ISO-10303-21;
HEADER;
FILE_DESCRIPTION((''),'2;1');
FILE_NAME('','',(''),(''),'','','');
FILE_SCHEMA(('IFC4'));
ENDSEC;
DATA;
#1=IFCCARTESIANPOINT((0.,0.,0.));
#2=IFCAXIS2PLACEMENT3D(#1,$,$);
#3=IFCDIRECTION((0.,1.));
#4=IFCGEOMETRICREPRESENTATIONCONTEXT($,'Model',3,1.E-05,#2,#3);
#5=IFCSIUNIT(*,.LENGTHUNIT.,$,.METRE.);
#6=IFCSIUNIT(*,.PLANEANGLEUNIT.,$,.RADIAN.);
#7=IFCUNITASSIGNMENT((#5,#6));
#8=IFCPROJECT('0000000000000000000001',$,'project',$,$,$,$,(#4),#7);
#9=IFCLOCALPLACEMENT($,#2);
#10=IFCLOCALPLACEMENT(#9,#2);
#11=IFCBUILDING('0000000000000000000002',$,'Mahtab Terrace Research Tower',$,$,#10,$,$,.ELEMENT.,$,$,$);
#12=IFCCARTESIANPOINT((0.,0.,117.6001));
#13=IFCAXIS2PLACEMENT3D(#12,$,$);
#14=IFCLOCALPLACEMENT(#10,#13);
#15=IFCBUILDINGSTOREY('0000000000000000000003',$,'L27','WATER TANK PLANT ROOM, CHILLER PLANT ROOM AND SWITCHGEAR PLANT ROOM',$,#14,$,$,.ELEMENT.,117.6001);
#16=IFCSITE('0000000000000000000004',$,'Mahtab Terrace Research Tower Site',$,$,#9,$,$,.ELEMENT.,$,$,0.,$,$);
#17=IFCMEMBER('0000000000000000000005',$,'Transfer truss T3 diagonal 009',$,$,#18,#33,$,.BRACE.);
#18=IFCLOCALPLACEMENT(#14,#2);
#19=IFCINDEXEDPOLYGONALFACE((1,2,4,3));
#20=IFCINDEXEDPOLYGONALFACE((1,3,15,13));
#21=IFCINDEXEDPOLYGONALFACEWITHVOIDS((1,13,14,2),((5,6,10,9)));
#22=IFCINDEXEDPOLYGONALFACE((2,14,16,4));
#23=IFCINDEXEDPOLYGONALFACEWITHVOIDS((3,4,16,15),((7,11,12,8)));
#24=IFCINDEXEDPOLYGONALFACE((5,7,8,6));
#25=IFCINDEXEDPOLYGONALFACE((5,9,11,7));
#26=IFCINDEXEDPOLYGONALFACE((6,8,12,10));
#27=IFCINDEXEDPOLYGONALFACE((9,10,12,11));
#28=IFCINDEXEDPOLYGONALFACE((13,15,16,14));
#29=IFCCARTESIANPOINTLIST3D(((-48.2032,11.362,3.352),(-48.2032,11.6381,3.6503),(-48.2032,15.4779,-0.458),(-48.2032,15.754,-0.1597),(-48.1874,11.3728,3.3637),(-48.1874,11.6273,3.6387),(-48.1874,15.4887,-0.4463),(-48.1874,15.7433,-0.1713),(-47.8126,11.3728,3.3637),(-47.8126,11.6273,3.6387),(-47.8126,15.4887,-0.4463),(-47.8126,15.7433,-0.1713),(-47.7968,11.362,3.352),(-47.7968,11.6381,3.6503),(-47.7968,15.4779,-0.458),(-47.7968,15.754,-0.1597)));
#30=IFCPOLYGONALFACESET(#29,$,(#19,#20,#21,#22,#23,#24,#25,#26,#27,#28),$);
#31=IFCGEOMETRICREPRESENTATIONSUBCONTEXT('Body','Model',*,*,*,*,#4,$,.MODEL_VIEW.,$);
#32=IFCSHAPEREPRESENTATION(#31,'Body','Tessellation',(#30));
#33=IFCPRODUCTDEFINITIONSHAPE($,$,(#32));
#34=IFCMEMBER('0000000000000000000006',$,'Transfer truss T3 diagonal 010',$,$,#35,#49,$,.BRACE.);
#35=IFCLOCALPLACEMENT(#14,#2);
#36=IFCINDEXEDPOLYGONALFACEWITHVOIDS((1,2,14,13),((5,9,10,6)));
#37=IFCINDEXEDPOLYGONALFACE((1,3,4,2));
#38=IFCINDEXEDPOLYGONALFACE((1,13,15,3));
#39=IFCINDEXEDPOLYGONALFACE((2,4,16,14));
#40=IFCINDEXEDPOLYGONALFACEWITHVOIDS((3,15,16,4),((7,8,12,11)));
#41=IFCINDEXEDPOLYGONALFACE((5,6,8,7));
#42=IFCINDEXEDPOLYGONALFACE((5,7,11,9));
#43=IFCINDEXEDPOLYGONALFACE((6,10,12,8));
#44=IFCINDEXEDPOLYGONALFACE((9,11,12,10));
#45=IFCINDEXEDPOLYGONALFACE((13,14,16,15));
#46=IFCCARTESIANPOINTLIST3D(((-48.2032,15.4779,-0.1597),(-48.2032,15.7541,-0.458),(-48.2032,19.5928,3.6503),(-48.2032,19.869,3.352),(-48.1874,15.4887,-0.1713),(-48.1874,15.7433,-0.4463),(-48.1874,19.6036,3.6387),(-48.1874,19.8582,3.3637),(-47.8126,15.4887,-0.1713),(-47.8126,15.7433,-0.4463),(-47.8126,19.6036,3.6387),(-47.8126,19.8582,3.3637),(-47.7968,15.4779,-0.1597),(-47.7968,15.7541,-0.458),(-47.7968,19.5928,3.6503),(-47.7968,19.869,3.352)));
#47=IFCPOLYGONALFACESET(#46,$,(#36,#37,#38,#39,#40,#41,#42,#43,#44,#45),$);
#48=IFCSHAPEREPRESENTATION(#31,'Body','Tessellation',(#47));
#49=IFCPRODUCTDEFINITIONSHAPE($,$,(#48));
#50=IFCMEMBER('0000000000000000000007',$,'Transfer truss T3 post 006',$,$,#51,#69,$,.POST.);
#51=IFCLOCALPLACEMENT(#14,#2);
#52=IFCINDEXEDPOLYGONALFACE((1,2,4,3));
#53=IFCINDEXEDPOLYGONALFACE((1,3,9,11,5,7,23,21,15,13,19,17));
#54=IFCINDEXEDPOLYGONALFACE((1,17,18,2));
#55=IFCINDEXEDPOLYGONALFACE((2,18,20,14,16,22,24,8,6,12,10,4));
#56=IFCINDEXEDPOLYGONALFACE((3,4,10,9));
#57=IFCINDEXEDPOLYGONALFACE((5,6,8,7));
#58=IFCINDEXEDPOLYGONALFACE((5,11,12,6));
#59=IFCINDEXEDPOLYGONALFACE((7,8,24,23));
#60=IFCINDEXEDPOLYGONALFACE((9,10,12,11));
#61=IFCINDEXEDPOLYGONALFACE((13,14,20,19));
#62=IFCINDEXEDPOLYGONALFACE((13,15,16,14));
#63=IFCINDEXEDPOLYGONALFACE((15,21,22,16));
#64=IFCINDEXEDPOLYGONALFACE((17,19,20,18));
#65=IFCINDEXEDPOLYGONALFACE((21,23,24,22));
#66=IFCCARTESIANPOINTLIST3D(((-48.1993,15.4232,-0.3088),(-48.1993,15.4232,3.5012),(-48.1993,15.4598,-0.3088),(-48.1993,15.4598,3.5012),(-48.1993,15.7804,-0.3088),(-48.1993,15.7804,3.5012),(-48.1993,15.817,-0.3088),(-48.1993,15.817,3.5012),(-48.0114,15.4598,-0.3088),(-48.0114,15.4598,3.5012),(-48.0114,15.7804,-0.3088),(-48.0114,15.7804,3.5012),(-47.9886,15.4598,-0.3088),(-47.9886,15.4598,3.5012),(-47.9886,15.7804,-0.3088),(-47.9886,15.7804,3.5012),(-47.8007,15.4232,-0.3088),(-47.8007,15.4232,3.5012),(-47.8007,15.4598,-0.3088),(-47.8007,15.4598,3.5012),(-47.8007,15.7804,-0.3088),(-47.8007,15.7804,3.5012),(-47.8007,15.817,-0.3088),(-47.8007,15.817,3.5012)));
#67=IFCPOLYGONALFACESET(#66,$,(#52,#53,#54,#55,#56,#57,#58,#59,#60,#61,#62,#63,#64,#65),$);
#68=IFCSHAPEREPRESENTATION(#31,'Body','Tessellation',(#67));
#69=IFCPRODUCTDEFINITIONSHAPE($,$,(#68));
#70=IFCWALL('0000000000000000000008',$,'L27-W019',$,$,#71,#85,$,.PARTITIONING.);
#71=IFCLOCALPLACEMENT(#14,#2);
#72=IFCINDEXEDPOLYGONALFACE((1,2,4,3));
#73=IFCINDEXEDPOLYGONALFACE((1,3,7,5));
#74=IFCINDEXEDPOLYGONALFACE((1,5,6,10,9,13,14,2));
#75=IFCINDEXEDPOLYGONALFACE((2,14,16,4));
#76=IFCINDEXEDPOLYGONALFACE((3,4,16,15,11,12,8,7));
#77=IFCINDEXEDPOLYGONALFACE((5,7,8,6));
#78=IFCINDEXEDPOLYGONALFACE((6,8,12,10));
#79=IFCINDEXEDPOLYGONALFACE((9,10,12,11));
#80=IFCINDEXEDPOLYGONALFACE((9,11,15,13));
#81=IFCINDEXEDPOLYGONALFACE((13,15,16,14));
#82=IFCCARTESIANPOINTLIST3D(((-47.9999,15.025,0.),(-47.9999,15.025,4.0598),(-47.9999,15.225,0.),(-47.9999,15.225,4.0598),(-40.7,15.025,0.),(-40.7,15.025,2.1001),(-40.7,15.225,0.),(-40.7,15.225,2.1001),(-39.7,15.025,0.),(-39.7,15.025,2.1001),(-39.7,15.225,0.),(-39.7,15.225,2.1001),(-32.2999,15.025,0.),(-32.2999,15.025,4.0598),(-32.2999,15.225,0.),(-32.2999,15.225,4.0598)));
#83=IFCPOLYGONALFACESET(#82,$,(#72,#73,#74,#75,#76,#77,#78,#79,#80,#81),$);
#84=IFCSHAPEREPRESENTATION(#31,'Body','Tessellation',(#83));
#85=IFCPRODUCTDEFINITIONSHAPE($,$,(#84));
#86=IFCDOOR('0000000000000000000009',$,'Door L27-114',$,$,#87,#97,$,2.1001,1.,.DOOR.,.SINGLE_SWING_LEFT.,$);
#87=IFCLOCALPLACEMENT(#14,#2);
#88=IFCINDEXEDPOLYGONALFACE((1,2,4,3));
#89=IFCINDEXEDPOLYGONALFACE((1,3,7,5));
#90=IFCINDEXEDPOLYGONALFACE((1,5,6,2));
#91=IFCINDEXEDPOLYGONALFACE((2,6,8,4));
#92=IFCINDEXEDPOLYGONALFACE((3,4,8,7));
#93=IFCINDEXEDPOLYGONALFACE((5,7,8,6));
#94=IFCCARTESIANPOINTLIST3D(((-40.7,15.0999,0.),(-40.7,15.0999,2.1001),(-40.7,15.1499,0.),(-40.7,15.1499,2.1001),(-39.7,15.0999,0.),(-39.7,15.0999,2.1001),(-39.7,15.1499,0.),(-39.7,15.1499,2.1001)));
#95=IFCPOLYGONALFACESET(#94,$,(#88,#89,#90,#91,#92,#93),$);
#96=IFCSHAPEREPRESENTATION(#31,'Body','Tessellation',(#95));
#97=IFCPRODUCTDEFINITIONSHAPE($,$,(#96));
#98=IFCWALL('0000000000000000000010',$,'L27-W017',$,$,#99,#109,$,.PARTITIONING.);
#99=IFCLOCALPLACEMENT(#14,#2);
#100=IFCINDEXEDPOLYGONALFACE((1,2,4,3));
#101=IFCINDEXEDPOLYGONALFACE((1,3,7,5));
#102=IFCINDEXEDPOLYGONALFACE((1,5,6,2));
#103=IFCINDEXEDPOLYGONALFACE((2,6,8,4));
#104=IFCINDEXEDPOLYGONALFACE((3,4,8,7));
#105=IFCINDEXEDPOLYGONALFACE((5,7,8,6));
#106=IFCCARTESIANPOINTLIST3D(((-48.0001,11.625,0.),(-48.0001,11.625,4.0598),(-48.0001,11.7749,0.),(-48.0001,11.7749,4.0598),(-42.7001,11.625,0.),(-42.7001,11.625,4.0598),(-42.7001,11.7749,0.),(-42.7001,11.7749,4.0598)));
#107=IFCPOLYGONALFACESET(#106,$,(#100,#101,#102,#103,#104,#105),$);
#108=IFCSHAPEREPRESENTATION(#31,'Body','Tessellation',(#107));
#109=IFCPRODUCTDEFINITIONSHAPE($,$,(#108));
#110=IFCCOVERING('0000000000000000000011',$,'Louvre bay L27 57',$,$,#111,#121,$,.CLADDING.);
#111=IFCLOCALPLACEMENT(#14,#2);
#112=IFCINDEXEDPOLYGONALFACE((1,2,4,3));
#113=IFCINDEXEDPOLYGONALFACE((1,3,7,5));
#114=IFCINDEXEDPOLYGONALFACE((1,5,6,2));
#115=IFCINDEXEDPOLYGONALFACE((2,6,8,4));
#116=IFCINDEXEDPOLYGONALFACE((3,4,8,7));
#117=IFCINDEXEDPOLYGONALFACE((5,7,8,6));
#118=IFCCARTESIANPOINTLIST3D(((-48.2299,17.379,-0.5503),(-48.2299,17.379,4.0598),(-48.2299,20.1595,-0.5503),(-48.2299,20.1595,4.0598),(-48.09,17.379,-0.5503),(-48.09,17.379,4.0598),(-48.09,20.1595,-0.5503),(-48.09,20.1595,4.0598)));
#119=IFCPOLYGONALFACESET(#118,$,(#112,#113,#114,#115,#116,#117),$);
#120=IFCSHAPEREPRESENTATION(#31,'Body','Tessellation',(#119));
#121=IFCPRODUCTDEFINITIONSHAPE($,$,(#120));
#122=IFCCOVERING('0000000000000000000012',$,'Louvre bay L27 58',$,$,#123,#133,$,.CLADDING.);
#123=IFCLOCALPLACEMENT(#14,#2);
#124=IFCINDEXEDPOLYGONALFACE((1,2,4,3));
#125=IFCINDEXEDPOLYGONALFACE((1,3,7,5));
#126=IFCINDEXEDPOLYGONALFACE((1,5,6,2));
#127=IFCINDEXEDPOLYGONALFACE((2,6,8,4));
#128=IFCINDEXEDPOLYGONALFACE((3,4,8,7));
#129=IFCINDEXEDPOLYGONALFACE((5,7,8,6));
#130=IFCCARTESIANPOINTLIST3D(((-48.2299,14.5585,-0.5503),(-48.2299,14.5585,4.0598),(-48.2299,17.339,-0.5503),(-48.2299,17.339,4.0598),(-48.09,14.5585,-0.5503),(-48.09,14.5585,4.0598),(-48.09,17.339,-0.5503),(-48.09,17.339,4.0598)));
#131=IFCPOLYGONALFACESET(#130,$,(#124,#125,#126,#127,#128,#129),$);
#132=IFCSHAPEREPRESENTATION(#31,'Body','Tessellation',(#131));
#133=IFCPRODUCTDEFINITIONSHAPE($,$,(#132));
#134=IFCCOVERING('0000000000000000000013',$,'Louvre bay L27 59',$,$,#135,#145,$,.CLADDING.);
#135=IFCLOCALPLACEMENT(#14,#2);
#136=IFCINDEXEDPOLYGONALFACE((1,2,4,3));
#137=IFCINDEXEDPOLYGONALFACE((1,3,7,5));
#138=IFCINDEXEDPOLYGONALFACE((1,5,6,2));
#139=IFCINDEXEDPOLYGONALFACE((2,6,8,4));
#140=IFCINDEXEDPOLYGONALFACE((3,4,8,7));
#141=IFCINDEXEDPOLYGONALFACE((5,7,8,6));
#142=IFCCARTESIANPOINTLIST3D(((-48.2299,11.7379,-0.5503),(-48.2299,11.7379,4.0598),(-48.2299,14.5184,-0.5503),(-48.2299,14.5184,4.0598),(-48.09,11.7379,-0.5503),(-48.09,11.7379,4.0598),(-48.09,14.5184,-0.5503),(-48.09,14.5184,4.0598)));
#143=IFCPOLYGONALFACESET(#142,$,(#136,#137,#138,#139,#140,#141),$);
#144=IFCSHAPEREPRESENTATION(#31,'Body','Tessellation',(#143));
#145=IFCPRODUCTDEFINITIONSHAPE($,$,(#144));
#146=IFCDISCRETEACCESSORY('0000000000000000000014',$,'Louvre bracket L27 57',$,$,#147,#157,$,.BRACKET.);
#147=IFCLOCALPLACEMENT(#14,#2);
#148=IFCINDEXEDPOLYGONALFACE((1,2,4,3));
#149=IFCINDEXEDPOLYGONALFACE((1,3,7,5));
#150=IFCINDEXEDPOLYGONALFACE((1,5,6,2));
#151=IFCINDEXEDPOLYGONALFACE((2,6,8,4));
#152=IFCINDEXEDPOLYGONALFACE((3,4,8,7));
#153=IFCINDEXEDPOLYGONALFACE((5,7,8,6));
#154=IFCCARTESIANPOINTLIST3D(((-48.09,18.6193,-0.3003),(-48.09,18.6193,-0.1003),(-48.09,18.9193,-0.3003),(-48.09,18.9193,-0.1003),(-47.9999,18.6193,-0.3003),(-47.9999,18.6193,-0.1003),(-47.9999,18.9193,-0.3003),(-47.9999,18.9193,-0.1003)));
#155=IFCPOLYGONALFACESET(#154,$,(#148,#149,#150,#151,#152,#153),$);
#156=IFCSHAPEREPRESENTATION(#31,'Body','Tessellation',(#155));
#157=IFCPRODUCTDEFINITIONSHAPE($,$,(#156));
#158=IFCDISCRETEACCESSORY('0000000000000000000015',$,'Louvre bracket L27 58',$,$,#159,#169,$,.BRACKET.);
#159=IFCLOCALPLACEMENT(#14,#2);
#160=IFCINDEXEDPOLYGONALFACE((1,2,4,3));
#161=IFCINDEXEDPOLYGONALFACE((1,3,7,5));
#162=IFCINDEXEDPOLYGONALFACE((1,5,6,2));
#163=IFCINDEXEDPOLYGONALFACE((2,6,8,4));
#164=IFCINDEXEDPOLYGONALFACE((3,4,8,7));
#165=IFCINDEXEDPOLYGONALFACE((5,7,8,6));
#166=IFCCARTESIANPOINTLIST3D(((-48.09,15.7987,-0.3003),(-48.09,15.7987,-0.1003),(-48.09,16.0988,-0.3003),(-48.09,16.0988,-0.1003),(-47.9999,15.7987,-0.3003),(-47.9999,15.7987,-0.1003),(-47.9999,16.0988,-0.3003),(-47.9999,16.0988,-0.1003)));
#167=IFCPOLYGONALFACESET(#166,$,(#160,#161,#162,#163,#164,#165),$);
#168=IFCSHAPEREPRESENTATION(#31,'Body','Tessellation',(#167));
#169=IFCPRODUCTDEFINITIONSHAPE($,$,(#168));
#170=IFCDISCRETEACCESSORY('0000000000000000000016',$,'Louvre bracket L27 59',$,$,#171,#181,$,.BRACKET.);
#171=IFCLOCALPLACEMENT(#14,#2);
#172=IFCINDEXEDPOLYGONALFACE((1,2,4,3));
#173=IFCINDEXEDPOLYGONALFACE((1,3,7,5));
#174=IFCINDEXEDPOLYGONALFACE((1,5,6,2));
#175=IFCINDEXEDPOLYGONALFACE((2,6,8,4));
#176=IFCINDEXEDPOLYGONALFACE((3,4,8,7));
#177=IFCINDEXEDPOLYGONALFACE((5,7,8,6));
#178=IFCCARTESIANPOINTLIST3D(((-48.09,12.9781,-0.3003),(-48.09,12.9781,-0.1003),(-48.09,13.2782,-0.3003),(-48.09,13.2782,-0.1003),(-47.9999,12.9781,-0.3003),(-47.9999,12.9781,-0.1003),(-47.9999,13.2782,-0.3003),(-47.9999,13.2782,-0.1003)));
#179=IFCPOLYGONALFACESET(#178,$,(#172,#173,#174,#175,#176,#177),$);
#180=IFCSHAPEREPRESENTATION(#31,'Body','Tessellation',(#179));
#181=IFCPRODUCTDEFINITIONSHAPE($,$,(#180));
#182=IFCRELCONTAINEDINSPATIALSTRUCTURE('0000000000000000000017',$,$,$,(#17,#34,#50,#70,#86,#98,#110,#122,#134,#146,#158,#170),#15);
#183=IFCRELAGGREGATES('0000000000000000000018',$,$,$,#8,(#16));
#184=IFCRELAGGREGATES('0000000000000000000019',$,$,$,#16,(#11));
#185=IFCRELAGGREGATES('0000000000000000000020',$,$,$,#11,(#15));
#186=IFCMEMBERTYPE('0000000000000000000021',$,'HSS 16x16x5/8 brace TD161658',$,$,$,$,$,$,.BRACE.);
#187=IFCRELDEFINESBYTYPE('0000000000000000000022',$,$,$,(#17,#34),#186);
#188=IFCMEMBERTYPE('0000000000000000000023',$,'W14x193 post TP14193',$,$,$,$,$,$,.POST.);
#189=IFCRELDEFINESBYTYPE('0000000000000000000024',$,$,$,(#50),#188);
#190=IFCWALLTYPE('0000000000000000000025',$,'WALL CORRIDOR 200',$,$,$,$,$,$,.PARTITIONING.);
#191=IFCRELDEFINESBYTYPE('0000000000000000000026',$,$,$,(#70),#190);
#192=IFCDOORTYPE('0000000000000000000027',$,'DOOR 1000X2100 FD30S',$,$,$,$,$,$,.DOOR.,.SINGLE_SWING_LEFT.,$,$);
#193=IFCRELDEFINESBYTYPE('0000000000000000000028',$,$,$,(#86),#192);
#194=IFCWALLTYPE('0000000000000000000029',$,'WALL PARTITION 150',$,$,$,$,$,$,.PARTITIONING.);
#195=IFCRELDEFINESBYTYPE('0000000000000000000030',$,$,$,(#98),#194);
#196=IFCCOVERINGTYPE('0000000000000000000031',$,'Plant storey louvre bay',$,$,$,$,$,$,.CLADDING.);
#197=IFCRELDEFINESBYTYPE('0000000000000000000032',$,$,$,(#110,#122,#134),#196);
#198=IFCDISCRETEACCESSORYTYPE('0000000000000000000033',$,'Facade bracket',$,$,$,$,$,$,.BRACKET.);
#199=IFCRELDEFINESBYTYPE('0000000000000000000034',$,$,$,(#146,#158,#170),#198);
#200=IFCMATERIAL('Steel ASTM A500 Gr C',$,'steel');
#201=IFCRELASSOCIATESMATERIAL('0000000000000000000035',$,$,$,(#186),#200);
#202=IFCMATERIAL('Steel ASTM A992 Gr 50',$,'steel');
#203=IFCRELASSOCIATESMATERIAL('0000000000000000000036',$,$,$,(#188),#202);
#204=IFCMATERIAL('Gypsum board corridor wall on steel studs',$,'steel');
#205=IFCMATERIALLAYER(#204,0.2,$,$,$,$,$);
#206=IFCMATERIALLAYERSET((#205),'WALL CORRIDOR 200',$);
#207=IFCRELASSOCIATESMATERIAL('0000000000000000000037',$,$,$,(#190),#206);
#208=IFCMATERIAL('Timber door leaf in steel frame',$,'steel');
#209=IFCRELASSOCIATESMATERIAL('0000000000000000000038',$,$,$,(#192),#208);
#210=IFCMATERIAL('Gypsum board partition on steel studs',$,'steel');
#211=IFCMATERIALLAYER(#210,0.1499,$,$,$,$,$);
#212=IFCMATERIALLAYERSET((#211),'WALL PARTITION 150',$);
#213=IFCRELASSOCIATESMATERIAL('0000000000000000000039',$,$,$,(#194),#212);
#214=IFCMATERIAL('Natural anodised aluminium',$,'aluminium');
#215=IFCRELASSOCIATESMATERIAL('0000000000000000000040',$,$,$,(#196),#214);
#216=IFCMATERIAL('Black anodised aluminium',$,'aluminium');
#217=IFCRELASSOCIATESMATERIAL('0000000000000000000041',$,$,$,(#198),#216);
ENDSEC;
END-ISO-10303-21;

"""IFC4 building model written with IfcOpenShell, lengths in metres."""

from ifc_helpers import new_model, si_unit, direction, frame, frame_2d, origin, origin_2d, place, context, subcontext, project, spatial, rectangle, hollow_rectangle, i_section, extrude, material, layer, layer_set, material_profile, profile_set, type_object, element, fill, save


model = new_model("IFC4")

# Units and contexts
model_context = context("Model", 3, precision=1e-05, world=origin(), true_north=direction((0.0, 1.0)))
body_context = subcontext(model_context, "Body", "Model", "MODEL_VIEW")
ifc_project = project(units=[si_unit("LENGTHUNIT", "METRE"), si_unit("PLANEANGLEUNIT", "RADIAN")], contexts=[model_context])

# Site, building, storey
site_placement = place(None, origin())
site = spatial("IfcSite", under=ifc_project, at=site_placement, Name="Mahtab Terrace Research Tower Site", CompositionType="ELEMENT", RefElevation=0.0)
building_placement = place(site_placement, origin())
building = spatial("IfcBuilding", under=site, at=building_placement, Name="Mahtab Terrace Research Tower", CompositionType="ELEMENT")
storey_placement = place(building_placement, frame((0.0, 0.0, 117.6001)))
storey = spatial("IfcBuildingStorey", under=building, at=storey_placement, Name="L27", Description="WATER TANK PLANT ROOM, CHILLER PLANT ROOM AND SWITCHGEAR PLANT ROOM", CompositionType="ELEMENT", Elevation=117.6001)

# Members
ifc_material_1 = material(Name="Steel ASTM A500 Gr C", Category="steel")
ifc_material_profile_1 = material_profile(ifc_material_1, hollow_rectangle(XDim=0.4065, YDim=0.4065, WallThickness=0.0159, at=origin_2d()), Name="HSS16X16X5/8")
ifc_profile_set_1 = profile_set([ifc_material_profile_1], Name="Steel ASTM A500 Gr C")
member_type_1 = type_object("IfcMemberType", Name="HSS 16x16x5/8 brace TD161658", PredefinedType="BRACE", material=ifc_profile_set_1)
member_1_placement = place(storey_placement, frame((-48.0, 15.616, -0.3088), z_axis=(0.0, -0.733851, 0.67931), x_axis=(1.0, 0.0, 0.0)))
element("IfcMember", 1, at=member_1_placement, inside=storey, type_object=member_type_1, Name="Transfer truss T3 diagonal 009", PredefinedType="BRACE", context=body_context, shape_type="SweptSolid", body=[
    extrude(hollow_rectangle(XDim=0.4065, YDim=0.4065, WallThickness=0.0159, at=origin_2d()), origin(), (0.0, 0.0, 1.0), 5.6086),
])
member_2_placement = place(storey_placement, frame((-48.0, 15.616, -0.3088), z_axis=(0.0, 0.733771, 0.679397), x_axis=(-1.0, 0.0, 0.0)))
element("IfcMember", 2, at=member_2_placement, inside=storey, type_object=member_type_1, Name="Transfer truss T3 diagonal 010", PredefinedType="BRACE", context=body_context, shape_type="SweptSolid", body=[
    extrude(hollow_rectangle(XDim=0.4065, YDim=0.4065, WallThickness=0.0159, at=origin_2d()), origin(), (0.0, 0.0, 1.0), 5.6079),
])
ifc_material_2 = material(Name="Steel ASTM A992 Gr 50", Category="steel")
ifc_material_profile_2 = material_profile(ifc_material_2, i_section(OverallWidth=0.3987, OverallDepth=0.3938, WebThickness=0.0227, FlangeThickness=0.0366, at=origin_2d()), Name="W14X193")
ifc_profile_set_2 = profile_set([ifc_material_profile_2], Name="Steel ASTM A992 Gr 50")
member_type_2 = type_object("IfcMemberType", Name="W14x193 post TP14193", PredefinedType="POST", material=ifc_profile_set_2)
member_3_placement = place(storey_placement, frame((-48.0, 15.6201, -0.3088), z_axis=(0.0, 0.0, 1.0), x_axis=(1.0, 0.0, 0.0)))
element("IfcMember", 3, at=member_3_placement, inside=storey, type_object=member_type_2, Name="Transfer truss T3 post 006", PredefinedType="POST", context=body_context, shape_type="SweptSolid", body=[
    extrude(i_section(OverallWidth=0.3987, OverallDepth=0.3938, WebThickness=0.0227, FlangeThickness=0.0366, at=origin_2d()), origin(), (0.0, 0.0, 1.0), 3.8101),
])

# Wall, opening, door
ifc_material_3 = material(Name="Gypsum board corridor wall on steel studs", Category="steel")
ifc_layer_1 = layer(ifc_material_3, 0.2)
ifc_layer_set_1 = layer_set([ifc_layer_1], Name="WALL CORRIDOR 200")
wall_type_1 = type_object("IfcWallType", Name="WALL CORRIDOR 200", PredefinedType="PARTITIONING", material=ifc_layer_set_1)
wall_1_placement = place(storey_placement, frame((-48.0, 15.125, 0.0), z_axis=(0.0, 0.0, 1.0), x_axis=(1.0, 0.0, 0.0)))
wall_1 = element("IfcWall", 4, at=wall_1_placement, inside=storey, type_object=wall_type_1, Name="L27-W019", PredefinedType="PARTITIONING", context=body_context, shape_type="SweptSolid", body=[
    extrude(rectangle(XDim=15.7, YDim=0.2, at=frame_2d((7.8501, 0.0))), origin(), (0.0, 0.0, 1.0), 4.0598),
])
opening_1_placement = place(wall_1_placement, frame((7.3, 0.0, 0.0)))
opening_1 = element("IfcOpeningElement", 5, at=opening_1_placement, cuts=wall_1, PredefinedType="OPENING", context=body_context, shape_type="SweptSolid", body=[
    extrude(rectangle(XDim=1.0, YDim=2.1001, at=frame_2d((0.5, 1.05))), frame((0.0, 0.1099, 0.0), z_axis=(0.0, -1.0, 0.0), x_axis=(1.0, 0.0, 0.0)), (0.0, 0.0, 1.0), 0.22),
])
ifc_material_4 = material(Name="Timber door leaf in steel frame", Category="steel")
door_type_1 = type_object("IfcDoorType", Name="DOOR 1000X2100 FD30S", OperationType="SINGLE_SWING_LEFT", PredefinedType="DOOR", material=ifc_material_4)
door_1_placement = place(opening_1_placement, origin())
door_1 = element("IfcDoor", 6, at=door_1_placement, inside=storey, type_object=door_type_1, Name="Door L27-114", OperationType="SINGLE_SWING_LEFT", OverallHeight=2.1001, OverallWidth=1.0, PredefinedType="DOOR", context=body_context, shape_type="SweptSolid", body=[
    extrude(rectangle(XDim=1.0, YDim=2.1001, at=frame_2d((0.5, 1.05))), frame((0.0, 0.0249, 0.0), z_axis=(0.0, -1.0, 0.0), x_axis=(1.0, 0.0, 0.0)), (0.0, 0.0, 1.0), 0.05),
])
fill(opening_1, door_1)

# Wall
ifc_material_5 = material(Name="Gypsum board partition on steel studs", Category="steel")
ifc_layer_2 = layer(ifc_material_5, 0.1499)
ifc_layer_set_2 = layer_set([ifc_layer_2], Name="WALL PARTITION 150")
wall_type_2 = type_object("IfcWallType", Name="WALL PARTITION 150", PredefinedType="PARTITIONING", material=ifc_layer_set_2)
wall_2_placement = place(storey_placement, frame((-48.0, 11.7, 0.0), z_axis=(0.0, 0.0, 1.0), x_axis=(1.0, 0.0, 0.0)))
element("IfcWall", 7, at=wall_2_placement, inside=storey, type_object=wall_type_2, Name="L27-W017", PredefinedType="PARTITIONING", context=body_context, shape_type="SweptSolid", body=[
    extrude(rectangle(XDim=5.3, YDim=0.1499, at=frame_2d((2.6499, 0.0))), origin(), (0.0, 0.0, 1.0), 4.0598),
])

# Coverings
ifc_material_6 = material(Name="Natural anodised aluminium", Category="aluminium")
covering_type = type_object("IfcCoveringType", Name="Plant storey louvre bay", PredefinedType="CLADDING", material=ifc_material_6)
for number, where, z_axis, x_axis, name in (
    (8, (-48.1599, 18.7693, -0.5503), (0.0, 0.0, 1.0), (0.0, -1.0, 0.0), "Louvre bay L27 57"),
    (9, (-48.1599, 15.9487, -0.5503), (0.0, 0.0, 1.0), (0.0, -1.0, 0.0), "Louvre bay L27 58"),
    (10, (-48.1599, 13.1282, -0.5503), (0.0, 0.0, 1.0), (0.0, -1.0, 0.0), "Louvre bay L27 59"),
):
    element("IfcCovering", number, at=place(storey_placement, frame(where, z_axis=z_axis, x_axis=x_axis)), inside=storey, type_object=covering_type, Name=name, PredefinedType="CLADDING", context=body_context, shape_type="SweptSolid", body=[
        extrude(rectangle(XDim=2.7805, YDim=0.1399, at=origin_2d()), origin(), (0.0, 0.0, 1.0), 4.6101),
    ])

# Discrete accessories
ifc_material_7 = material(Name="Black anodised aluminium", Category="aluminium")
discrete_accessory_type_1 = type_object("IfcDiscreteAccessoryType", Name="Facade bracket", PredefinedType="BRACKET", material=ifc_material_7)
for number, where, z_axis, x_axis, name in (
    (11, (-48.0449, 18.7693, -0.3003), (0.0, 0.0, 1.0), (0.0, -1.0, 0.0), "Louvre bracket L27 57"),
    (12, (-48.0449, 15.9487, -0.3003), (0.0, 0.0, 1.0), (0.0, -1.0, 0.0), "Louvre bracket L27 58"),
    (13, (-48.0449, 13.1282, -0.3003), (0.0, 0.0, 1.0), (0.0, -1.0, 0.0), "Louvre bracket L27 59"),
):
    element("IfcDiscreteAccessory", number, at=place(storey_placement, frame(where, z_axis=z_axis, x_axis=x_axis)), inside=storey, type_object=discrete_accessory_type_1, Name=name, PredefinedType="BRACKET", context=body_context, shape_type="SweptSolid", body=[
        extrude(rectangle(XDim=0.3, YDim=0.0901, at=origin_2d()), origin(), (0.0, 0.0, 1.0), 0.2),
    ])

save(model, "model.ifc")
